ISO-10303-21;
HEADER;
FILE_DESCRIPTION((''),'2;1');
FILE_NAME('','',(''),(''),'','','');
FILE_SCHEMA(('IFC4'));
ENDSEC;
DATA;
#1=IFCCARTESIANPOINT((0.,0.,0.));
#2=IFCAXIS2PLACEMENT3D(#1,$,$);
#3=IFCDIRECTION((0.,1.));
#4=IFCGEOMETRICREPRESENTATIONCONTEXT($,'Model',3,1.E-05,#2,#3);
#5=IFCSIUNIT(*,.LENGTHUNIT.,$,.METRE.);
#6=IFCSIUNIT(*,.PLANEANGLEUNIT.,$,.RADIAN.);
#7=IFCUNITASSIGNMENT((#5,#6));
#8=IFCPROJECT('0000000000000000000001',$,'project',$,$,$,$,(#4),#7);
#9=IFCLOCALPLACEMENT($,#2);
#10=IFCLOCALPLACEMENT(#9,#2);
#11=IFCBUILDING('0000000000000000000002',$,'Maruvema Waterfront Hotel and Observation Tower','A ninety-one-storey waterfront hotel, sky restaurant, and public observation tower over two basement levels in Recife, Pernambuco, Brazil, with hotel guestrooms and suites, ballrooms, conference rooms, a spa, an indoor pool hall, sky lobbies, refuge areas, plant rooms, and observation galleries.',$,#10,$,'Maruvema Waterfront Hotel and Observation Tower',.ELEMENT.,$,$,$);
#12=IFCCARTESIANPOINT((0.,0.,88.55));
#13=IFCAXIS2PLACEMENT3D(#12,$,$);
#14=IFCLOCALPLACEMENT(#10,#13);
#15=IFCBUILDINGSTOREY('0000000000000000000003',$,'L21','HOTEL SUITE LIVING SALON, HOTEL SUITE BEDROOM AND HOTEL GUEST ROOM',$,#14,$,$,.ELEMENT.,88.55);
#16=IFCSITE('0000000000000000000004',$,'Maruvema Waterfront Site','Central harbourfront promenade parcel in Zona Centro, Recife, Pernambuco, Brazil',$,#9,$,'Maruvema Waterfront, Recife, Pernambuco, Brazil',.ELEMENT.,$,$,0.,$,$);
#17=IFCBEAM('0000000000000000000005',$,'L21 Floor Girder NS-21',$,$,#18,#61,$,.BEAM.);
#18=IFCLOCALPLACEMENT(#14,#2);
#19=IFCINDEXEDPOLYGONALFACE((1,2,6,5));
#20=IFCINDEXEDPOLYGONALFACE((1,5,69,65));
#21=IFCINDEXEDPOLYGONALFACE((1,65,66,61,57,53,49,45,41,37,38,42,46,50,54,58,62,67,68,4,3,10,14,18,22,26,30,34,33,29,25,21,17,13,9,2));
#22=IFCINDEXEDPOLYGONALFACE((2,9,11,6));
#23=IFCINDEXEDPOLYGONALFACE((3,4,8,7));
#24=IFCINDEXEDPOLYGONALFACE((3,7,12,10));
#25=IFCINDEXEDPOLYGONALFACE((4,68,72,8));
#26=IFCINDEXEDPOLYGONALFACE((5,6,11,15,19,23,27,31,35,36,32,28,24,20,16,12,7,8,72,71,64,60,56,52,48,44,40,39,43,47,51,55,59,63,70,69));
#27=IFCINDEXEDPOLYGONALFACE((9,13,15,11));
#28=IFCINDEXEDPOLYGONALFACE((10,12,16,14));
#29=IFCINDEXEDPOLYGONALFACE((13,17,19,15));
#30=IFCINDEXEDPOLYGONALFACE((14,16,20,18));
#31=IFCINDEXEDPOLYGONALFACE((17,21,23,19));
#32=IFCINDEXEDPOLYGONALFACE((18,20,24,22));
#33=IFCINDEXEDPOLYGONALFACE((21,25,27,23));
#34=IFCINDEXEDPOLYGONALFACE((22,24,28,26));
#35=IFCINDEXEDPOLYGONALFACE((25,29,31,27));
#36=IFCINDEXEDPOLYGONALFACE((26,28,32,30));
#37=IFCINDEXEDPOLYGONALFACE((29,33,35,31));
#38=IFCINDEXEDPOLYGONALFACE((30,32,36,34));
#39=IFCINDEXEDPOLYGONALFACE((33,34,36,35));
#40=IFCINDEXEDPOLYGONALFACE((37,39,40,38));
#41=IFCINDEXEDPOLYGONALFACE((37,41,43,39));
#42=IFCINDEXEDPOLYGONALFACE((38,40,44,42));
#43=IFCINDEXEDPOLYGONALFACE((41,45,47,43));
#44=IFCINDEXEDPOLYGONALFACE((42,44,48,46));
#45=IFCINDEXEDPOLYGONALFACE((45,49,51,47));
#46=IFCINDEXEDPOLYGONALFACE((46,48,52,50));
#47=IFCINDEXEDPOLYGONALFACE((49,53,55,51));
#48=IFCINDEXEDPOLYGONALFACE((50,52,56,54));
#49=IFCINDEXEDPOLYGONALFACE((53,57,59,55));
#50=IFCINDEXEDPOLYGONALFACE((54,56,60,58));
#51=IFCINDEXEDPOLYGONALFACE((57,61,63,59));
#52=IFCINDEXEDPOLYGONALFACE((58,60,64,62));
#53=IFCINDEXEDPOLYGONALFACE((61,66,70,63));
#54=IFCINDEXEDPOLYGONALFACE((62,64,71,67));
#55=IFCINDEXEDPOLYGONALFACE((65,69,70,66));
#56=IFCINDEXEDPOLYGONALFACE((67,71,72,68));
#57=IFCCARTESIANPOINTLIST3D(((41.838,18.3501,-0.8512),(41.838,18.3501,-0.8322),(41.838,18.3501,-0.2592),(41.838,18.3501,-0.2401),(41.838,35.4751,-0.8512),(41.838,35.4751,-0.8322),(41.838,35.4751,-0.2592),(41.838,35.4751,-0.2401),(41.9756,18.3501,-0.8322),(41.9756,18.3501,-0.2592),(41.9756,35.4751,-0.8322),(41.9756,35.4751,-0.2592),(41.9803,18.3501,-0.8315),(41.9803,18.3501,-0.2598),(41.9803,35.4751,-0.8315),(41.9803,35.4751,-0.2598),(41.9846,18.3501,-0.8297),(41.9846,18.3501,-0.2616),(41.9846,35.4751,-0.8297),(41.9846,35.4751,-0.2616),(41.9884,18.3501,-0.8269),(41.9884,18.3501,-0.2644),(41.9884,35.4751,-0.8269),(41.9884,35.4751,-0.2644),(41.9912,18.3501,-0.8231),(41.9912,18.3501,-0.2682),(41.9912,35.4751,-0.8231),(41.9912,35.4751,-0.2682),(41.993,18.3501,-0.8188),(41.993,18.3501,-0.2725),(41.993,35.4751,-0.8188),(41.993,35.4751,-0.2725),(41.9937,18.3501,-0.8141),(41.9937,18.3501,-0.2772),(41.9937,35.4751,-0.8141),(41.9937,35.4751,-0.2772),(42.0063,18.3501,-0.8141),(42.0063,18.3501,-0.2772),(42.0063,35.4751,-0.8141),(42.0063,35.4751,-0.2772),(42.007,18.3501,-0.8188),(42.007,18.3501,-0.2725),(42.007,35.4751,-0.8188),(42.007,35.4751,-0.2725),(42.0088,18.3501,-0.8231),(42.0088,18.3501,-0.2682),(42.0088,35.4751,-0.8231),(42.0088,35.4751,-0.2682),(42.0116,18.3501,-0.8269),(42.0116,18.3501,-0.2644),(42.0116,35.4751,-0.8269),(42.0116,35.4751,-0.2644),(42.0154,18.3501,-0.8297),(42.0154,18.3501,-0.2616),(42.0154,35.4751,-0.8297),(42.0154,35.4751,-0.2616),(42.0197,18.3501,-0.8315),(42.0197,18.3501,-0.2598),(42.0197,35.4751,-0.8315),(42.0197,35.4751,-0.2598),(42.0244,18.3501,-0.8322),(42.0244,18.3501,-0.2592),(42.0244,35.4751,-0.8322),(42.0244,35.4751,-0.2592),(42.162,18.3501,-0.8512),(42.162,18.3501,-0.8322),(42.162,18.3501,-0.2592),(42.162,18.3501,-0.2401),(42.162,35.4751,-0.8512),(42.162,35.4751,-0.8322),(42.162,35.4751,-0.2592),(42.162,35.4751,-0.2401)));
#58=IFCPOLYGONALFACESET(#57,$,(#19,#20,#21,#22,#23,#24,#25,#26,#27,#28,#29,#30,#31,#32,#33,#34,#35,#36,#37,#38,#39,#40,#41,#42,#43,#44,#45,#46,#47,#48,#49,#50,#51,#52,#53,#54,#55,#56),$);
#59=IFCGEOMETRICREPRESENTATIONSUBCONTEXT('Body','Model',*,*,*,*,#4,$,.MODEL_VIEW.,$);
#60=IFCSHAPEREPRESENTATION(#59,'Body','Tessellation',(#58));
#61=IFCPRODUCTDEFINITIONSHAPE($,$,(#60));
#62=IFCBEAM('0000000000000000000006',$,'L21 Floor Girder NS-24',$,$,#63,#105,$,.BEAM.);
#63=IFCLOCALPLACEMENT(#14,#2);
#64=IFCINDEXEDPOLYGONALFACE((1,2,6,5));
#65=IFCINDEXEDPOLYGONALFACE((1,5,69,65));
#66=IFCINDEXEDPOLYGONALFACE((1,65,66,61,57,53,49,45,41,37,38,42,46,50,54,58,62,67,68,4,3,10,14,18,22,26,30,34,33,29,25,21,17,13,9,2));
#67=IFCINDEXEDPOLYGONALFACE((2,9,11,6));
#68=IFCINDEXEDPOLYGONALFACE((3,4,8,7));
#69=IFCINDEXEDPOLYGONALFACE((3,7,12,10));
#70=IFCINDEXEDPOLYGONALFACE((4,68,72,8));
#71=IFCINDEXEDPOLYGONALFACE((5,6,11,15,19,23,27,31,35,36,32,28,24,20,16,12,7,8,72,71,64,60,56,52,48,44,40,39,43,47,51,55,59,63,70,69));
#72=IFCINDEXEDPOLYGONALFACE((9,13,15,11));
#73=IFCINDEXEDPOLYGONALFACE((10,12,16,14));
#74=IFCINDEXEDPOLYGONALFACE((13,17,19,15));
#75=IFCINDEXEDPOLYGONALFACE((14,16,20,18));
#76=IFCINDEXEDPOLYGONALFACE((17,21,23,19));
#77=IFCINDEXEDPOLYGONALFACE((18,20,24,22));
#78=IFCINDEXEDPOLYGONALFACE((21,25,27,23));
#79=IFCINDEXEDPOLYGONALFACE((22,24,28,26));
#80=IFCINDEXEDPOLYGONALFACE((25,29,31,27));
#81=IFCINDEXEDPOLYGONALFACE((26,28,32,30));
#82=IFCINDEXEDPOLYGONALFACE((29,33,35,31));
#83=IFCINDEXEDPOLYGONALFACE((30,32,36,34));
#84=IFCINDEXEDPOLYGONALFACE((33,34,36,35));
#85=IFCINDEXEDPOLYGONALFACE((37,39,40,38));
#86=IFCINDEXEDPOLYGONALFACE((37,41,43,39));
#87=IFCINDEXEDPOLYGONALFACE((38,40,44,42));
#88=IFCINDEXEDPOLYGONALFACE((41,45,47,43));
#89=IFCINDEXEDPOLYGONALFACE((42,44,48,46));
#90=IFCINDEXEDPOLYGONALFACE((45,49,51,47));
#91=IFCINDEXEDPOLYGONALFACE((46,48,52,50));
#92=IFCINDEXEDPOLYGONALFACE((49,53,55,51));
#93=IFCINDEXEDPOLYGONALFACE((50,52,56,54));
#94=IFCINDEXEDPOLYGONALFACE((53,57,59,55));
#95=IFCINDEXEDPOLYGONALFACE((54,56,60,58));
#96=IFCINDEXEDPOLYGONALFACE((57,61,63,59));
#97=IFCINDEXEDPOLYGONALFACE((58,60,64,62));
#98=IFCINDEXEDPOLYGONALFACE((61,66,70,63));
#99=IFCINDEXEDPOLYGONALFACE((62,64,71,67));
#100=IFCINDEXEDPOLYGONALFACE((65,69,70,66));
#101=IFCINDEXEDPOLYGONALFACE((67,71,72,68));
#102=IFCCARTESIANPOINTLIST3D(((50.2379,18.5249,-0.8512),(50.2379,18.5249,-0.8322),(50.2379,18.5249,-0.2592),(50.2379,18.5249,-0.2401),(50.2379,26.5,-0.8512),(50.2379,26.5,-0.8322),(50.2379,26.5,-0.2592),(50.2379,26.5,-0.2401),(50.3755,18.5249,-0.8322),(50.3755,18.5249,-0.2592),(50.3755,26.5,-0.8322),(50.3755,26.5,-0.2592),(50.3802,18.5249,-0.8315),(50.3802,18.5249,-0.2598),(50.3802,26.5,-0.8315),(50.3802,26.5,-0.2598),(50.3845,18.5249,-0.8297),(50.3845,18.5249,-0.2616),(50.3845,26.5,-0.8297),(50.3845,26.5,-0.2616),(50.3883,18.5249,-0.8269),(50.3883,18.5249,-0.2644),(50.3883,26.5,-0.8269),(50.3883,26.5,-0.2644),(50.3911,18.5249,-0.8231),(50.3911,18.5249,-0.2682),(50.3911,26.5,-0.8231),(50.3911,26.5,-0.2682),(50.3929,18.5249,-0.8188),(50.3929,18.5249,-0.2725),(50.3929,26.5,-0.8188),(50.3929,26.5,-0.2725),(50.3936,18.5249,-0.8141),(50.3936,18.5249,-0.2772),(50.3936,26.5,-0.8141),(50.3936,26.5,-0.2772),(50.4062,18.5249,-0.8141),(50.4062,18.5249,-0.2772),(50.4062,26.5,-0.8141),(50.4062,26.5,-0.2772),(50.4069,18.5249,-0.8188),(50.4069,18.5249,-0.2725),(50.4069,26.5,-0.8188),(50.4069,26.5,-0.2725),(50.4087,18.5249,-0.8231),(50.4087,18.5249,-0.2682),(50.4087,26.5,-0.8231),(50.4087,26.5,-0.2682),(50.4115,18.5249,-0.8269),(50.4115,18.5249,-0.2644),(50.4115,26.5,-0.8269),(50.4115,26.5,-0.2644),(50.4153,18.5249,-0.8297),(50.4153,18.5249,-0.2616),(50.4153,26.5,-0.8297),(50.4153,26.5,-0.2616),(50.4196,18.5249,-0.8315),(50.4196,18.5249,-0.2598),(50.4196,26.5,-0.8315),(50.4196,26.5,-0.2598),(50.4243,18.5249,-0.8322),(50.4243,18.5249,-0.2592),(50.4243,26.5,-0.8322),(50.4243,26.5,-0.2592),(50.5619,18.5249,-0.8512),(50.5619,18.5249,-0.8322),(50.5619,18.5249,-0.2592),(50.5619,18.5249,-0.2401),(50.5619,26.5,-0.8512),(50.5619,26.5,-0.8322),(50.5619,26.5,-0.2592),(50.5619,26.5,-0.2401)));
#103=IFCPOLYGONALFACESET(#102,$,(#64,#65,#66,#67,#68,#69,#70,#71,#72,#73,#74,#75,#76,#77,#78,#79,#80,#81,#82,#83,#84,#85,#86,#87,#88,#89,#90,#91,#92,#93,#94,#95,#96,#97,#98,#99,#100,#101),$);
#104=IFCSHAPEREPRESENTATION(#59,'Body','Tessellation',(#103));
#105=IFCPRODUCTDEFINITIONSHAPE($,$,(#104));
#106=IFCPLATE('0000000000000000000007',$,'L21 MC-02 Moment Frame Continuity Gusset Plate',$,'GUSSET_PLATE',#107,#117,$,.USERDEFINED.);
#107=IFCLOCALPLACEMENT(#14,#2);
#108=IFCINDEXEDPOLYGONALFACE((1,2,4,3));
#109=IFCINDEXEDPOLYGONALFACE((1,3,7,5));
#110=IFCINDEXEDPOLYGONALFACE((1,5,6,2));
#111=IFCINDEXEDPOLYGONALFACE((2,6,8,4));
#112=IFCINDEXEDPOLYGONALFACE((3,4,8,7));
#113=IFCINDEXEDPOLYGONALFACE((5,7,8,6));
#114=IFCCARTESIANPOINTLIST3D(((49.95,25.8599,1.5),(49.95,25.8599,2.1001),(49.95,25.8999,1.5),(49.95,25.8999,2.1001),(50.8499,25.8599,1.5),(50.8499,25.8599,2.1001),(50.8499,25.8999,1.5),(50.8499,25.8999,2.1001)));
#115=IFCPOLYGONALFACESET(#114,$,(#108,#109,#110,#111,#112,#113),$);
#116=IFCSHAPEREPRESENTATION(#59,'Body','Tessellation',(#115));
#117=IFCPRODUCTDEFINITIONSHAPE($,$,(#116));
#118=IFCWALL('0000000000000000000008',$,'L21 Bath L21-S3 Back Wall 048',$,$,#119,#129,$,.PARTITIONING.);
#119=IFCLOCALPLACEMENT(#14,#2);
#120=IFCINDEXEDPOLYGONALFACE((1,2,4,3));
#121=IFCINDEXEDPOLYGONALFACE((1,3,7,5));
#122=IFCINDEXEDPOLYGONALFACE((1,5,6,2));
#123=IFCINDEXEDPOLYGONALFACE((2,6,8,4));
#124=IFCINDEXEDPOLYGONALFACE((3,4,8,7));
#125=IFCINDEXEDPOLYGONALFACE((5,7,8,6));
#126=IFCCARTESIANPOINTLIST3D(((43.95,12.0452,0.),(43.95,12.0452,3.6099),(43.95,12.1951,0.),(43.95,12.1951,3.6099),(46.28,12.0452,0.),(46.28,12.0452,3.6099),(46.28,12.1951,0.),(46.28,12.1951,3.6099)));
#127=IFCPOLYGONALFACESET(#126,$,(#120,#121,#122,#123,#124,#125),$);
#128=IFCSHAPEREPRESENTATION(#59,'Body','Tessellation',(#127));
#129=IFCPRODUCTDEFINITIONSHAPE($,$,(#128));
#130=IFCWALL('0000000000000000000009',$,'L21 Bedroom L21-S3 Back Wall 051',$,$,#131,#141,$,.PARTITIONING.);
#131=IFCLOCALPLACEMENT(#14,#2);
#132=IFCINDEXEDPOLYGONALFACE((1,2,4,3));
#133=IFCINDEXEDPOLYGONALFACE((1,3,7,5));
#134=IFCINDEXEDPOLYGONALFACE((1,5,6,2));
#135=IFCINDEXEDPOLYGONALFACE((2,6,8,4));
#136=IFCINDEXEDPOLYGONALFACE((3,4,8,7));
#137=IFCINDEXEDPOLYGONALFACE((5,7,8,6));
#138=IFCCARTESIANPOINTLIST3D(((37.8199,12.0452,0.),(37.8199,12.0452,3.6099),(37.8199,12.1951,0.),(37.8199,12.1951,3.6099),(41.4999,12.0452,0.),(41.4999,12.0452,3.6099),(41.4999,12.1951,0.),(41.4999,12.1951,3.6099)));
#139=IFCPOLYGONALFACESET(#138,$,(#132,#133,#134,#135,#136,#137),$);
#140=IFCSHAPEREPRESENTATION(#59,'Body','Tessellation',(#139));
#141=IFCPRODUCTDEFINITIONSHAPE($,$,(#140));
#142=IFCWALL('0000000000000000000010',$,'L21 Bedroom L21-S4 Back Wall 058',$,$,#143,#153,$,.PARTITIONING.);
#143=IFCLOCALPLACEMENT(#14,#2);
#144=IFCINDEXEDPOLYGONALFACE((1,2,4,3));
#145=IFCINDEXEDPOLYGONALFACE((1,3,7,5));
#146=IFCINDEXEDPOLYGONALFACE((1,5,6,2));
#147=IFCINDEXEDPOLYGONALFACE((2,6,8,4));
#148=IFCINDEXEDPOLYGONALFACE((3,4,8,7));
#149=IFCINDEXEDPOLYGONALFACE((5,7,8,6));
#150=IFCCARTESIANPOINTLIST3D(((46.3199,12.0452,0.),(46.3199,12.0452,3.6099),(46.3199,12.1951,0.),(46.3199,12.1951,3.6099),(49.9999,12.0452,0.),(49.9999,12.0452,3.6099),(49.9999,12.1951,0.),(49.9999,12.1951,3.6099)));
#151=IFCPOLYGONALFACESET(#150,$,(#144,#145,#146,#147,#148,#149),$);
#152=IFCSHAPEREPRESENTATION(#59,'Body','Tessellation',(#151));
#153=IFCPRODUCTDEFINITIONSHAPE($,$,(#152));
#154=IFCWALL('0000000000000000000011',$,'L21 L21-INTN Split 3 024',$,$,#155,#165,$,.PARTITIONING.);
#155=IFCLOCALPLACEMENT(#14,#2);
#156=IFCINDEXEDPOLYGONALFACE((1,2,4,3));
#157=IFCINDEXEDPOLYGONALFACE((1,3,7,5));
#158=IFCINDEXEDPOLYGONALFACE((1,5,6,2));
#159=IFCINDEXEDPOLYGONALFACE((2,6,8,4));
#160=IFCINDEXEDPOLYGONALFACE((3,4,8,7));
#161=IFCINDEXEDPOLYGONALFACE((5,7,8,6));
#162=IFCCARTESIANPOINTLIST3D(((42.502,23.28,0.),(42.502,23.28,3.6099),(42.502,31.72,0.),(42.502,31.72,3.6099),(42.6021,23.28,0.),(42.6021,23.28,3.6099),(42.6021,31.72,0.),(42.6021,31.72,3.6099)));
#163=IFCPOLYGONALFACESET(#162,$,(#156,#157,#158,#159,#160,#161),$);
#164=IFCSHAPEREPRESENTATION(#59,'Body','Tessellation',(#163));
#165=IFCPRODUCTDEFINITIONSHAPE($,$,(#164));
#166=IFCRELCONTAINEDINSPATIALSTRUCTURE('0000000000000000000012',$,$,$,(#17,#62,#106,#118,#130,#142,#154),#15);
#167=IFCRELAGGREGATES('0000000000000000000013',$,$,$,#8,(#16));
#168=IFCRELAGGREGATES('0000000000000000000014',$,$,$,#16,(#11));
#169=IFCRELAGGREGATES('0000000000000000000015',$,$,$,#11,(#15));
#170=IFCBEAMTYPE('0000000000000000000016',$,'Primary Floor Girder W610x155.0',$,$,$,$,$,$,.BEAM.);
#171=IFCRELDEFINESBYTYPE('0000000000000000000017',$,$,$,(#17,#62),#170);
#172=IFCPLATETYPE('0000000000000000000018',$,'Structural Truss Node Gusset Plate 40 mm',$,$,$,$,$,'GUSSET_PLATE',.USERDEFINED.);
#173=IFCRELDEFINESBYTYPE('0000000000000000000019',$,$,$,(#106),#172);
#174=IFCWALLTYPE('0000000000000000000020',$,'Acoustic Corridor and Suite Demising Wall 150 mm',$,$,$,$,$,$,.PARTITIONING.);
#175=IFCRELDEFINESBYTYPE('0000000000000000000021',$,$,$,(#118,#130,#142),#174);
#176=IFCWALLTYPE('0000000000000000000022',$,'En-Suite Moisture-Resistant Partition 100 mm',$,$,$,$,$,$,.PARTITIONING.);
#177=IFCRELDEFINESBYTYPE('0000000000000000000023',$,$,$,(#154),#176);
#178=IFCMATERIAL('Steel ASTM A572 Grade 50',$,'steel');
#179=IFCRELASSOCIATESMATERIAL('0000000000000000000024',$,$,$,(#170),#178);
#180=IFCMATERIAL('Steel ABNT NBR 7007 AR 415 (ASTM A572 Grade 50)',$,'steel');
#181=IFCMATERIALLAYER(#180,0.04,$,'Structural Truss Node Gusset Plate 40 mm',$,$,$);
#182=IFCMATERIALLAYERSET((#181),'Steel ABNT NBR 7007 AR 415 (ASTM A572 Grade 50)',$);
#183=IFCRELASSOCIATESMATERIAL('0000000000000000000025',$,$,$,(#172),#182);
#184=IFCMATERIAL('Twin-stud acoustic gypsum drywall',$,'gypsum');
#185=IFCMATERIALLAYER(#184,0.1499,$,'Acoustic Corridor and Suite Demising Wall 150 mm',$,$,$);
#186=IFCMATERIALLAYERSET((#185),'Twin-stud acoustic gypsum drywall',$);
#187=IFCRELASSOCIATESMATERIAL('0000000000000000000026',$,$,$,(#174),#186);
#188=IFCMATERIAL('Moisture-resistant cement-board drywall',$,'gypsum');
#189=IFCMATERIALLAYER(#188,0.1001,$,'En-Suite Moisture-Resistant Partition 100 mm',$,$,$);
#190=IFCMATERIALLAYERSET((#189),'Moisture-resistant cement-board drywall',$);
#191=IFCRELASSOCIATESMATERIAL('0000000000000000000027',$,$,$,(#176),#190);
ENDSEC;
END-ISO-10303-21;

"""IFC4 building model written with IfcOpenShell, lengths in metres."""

from ifc_helpers import new_model, si_unit, direction, frame, frame_2d, origin, origin_2d, place, context, subcontext, project, spatial, rectangle, i_section, extrude, material, layer, layer_set, material_profile, profile_set, type_object, element, save


model = new_model("IFC4")

# Units and contexts
model_context = context("Model", 3, precision=1e-05, world=origin(), true_north=direction((0.0, 1.0)))
body_context = subcontext(model_context, "Body", "Model", "MODEL_VIEW")
ifc_project = project(units=[si_unit("LENGTHUNIT", "METRE"), si_unit("PLANEANGLEUNIT", "RADIAN")], contexts=[model_context])

# Site, building, storey
site_placement = place(None, origin())
site = spatial("IfcSite", under=ifc_project, at=site_placement, Name="Maruvema Waterfront Site", Description="Central harbourfront promenade parcel in Zona Centro, Recife, Pernambuco, Brazil", LongName="Maruvema Waterfront, Recife, Pernambuco, Brazil", CompositionType="ELEMENT", RefElevation=0.0)
building_placement = place(site_placement, origin())
building = spatial("IfcBuilding", under=site, at=building_placement, Name="Maruvema Waterfront Hotel and Observation Tower", Description="A ninety-one-storey waterfront hotel, sky restaurant, and public observation tower over two basement levels in Recife, Pernambuco, Brazil, with hotel guestrooms and suites, ballrooms, conference rooms, a spa, an indoor pool hall, sky lobbies, refuge areas, plant rooms, and observation galleries.", LongName="Maruvema Waterfront Hotel and Observation Tower", CompositionType="ELEMENT")
storey_placement = place(building_placement, frame((0.0, 0.0, 88.55)))
storey = spatial("IfcBuildingStorey", under=building, at=storey_placement, Name="L21", Description="HOTEL SUITE LIVING SALON, HOTEL SUITE BEDROOM AND HOTEL GUEST ROOM", CompositionType="ELEMENT", Elevation=88.55)

# Beams
ifc_material_1 = material(Name="Steel ASTM A572 Grade 50", Category="steel")
ifc_material_profile_1 = material_profile(ifc_material_1, i_section(OverallWidth=0.324, OverallDepth=0.6111, WebThickness=0.0127, FlangeThickness=0.019, FilletRadius=0.0181, at=origin_2d()), Name="W610x155.0")
ifc_profile_set_1 = profile_set([ifc_material_profile_1], Name="Steel ASTM A572 Grade 50")
beam_type = type_object("IfcBeamType", Name="Primary Floor Girder W610x155.0", PredefinedType="BEAM", material=ifc_profile_set_1)
beam_1_placement = place(storey_placement, frame((42.0, 18.3501, -0.5457), z_axis=(0.0, 1.0, 0.0), x_axis=(-1.0, 0.0, 0.0)))
element("IfcBeam", 1, at=beam_1_placement, inside=storey, type_object=beam_type, Name="L21 Floor Girder NS-21", PredefinedType="BEAM", context=body_context, shape_type="SweptSolid", body=[
    extrude(i_section(OverallWidth=0.324, OverallDepth=0.6111, WebThickness=0.0127, FlangeThickness=0.019, FilletRadius=0.0181, at=origin_2d()), origin(), (0.0, 0.0, 1.0), 17.125),
])
beam_2_placement = place(storey_placement, frame((50.3999, 18.5249, -0.5457), z_axis=(0.0, 1.0, 0.0), x_axis=(-1.0, 0.0, 0.0)))
element("IfcBeam", 2, at=beam_2_placement, inside=storey, type_object=beam_type, Name="L21 Floor Girder NS-24", PredefinedType="BEAM", context=body_context, shape_type="SweptSolid", body=[
    extrude(i_section(OverallWidth=0.324, OverallDepth=0.6111, WebThickness=0.0127, FlangeThickness=0.019, FilletRadius=0.0181, at=origin_2d()), origin(), (0.0, 0.0, 1.0), 7.9751),
])

# Plate
ifc_material_2 = material(Name="Steel ABNT NBR 7007 AR 415 (ASTM A572 Grade 50)", Category="steel")
ifc_layer_1 = layer(ifc_material_2, 0.04, Name="Structural Truss Node Gusset Plate 40 mm")
ifc_layer_set_1 = layer_set([ifc_layer_1], Name="Steel ABNT NBR 7007 AR 415 (ASTM A572 Grade 50)")
plate_type = type_object("IfcPlateType", Name="Structural Truss Node Gusset Plate 40 mm", ElementType="GUSSET_PLATE", PredefinedType="USERDEFINED", material=ifc_layer_set_1)
plate_placement = place(storey_placement, frame((50.3999, 25.8799, 1.5), z_axis=(0.0, 0.0, 1.0), x_axis=(1.0, 0.0, 0.0)))
element("IfcPlate", 3, at=plate_placement, inside=storey, type_object=plate_type, Name="L21 MC-02 Moment Frame Continuity Gusset Plate", ObjectType="GUSSET_PLATE", PredefinedType="USERDEFINED", context=body_context, shape_type="SweptSolid", body=[
    extrude(rectangle(XDim=0.8999, YDim=0.04, at=origin_2d()), origin(), (0.0, 0.0, 1.0), 0.6001),
])

# Walls
ifc_material_3 = material(Name="Twin-stud acoustic gypsum drywall", Category="gypsum")
ifc_layer_2 = layer(ifc_material_3, 0.1499, Name="Acoustic Corridor and Suite Demising Wall 150 mm")
ifc_layer_set_2 = layer_set([ifc_layer_2], Name="Twin-stud acoustic gypsum drywall")
wall_type_1 = type_object("IfcWallType", Name="Acoustic Corridor and Suite Demising Wall 150 mm", PredefinedType="PARTITIONING", material=ifc_layer_set_2)
wall_1_placement = place(storey_placement, frame((43.95, 12.1201, 0.0), z_axis=(0.0, 0.0, 1.0), x_axis=(1.0, 0.0, 0.0)))
element("IfcWall", 4, at=wall_1_placement, inside=storey, type_object=wall_type_1, Name="L21 Bath L21-S3 Back Wall 048", PredefinedType="PARTITIONING", context=body_context, shape_type="SweptSolid", body=[
    extrude(rectangle(XDim=2.3301, YDim=0.1499, at=frame_2d((1.165, 0.0))), origin(), (0.0, 0.0, 1.0), 3.6099),
])
wall_2_placement = place(storey_placement, frame((37.8201, 12.1201, 0.0), z_axis=(0.0, 0.0, 1.0), x_axis=(1.0, 0.0, 0.0)))
element("IfcWall", 5, at=wall_2_placement, inside=storey, type_object=wall_type_1, Name="L21 Bedroom L21-S3 Back Wall 051", PredefinedType="PARTITIONING", context=body_context, shape_type="SweptSolid", body=[
    extrude(rectangle(XDim=3.6799, YDim=0.1499, at=frame_2d((1.8398, 0.0))), origin(), (0.0, 0.0, 1.0), 3.6099),
])

# Wall
wall_3_placement = place(storey_placement, frame((46.3201, 12.1201, 0.0), z_axis=(0.0, 0.0, 1.0), x_axis=(1.0, 0.0, 0.0)))
element("IfcWall", 6, at=wall_3_placement, inside=storey, type_object=wall_type_1, Name="L21 Bedroom L21-S4 Back Wall 058", PredefinedType="PARTITIONING", context=body_context, shape_type="SweptSolid", body=[
    extrude(rectangle(XDim=3.6799, YDim=0.1499, at=frame_2d((1.8398, 0.0))), origin(), (0.0, 0.0, 1.0), 3.6099),
])

# Wall
ifc_material_4 = material(Name="Moisture-resistant cement-board drywall", Category="gypsum")
ifc_layer_3 = layer(ifc_material_4, 0.1001, Name="En-Suite Moisture-Resistant Partition 100 mm")
ifc_layer_set_3 = layer_set([ifc_layer_3], Name="Moisture-resistant cement-board drywall")
wall_type_2 = type_object("IfcWallType", Name="En-Suite Moisture-Resistant Partition 100 mm", PredefinedType="PARTITIONING", material=ifc_layer_set_3)
wall_4_placement = place(storey_placement, frame((42.552, 23.28, 0.0), z_axis=(0.0, 0.0, 1.0), x_axis=(0.0, 1.0, 0.0)))
element("IfcWall", 7, at=wall_4_placement, inside=storey, type_object=wall_type_2, Name="L21 L21-INTN Split 3 024", PredefinedType="PARTITIONING", context=body_context, shape_type="SweptSolid", body=[
    extrude(rectangle(XDim=8.4399, YDim=0.1001, at=frame_2d((4.22, 0.0))), origin(), (0.0, 0.0, 1.0), 3.6099),
])

save(model, "model.ifc")
